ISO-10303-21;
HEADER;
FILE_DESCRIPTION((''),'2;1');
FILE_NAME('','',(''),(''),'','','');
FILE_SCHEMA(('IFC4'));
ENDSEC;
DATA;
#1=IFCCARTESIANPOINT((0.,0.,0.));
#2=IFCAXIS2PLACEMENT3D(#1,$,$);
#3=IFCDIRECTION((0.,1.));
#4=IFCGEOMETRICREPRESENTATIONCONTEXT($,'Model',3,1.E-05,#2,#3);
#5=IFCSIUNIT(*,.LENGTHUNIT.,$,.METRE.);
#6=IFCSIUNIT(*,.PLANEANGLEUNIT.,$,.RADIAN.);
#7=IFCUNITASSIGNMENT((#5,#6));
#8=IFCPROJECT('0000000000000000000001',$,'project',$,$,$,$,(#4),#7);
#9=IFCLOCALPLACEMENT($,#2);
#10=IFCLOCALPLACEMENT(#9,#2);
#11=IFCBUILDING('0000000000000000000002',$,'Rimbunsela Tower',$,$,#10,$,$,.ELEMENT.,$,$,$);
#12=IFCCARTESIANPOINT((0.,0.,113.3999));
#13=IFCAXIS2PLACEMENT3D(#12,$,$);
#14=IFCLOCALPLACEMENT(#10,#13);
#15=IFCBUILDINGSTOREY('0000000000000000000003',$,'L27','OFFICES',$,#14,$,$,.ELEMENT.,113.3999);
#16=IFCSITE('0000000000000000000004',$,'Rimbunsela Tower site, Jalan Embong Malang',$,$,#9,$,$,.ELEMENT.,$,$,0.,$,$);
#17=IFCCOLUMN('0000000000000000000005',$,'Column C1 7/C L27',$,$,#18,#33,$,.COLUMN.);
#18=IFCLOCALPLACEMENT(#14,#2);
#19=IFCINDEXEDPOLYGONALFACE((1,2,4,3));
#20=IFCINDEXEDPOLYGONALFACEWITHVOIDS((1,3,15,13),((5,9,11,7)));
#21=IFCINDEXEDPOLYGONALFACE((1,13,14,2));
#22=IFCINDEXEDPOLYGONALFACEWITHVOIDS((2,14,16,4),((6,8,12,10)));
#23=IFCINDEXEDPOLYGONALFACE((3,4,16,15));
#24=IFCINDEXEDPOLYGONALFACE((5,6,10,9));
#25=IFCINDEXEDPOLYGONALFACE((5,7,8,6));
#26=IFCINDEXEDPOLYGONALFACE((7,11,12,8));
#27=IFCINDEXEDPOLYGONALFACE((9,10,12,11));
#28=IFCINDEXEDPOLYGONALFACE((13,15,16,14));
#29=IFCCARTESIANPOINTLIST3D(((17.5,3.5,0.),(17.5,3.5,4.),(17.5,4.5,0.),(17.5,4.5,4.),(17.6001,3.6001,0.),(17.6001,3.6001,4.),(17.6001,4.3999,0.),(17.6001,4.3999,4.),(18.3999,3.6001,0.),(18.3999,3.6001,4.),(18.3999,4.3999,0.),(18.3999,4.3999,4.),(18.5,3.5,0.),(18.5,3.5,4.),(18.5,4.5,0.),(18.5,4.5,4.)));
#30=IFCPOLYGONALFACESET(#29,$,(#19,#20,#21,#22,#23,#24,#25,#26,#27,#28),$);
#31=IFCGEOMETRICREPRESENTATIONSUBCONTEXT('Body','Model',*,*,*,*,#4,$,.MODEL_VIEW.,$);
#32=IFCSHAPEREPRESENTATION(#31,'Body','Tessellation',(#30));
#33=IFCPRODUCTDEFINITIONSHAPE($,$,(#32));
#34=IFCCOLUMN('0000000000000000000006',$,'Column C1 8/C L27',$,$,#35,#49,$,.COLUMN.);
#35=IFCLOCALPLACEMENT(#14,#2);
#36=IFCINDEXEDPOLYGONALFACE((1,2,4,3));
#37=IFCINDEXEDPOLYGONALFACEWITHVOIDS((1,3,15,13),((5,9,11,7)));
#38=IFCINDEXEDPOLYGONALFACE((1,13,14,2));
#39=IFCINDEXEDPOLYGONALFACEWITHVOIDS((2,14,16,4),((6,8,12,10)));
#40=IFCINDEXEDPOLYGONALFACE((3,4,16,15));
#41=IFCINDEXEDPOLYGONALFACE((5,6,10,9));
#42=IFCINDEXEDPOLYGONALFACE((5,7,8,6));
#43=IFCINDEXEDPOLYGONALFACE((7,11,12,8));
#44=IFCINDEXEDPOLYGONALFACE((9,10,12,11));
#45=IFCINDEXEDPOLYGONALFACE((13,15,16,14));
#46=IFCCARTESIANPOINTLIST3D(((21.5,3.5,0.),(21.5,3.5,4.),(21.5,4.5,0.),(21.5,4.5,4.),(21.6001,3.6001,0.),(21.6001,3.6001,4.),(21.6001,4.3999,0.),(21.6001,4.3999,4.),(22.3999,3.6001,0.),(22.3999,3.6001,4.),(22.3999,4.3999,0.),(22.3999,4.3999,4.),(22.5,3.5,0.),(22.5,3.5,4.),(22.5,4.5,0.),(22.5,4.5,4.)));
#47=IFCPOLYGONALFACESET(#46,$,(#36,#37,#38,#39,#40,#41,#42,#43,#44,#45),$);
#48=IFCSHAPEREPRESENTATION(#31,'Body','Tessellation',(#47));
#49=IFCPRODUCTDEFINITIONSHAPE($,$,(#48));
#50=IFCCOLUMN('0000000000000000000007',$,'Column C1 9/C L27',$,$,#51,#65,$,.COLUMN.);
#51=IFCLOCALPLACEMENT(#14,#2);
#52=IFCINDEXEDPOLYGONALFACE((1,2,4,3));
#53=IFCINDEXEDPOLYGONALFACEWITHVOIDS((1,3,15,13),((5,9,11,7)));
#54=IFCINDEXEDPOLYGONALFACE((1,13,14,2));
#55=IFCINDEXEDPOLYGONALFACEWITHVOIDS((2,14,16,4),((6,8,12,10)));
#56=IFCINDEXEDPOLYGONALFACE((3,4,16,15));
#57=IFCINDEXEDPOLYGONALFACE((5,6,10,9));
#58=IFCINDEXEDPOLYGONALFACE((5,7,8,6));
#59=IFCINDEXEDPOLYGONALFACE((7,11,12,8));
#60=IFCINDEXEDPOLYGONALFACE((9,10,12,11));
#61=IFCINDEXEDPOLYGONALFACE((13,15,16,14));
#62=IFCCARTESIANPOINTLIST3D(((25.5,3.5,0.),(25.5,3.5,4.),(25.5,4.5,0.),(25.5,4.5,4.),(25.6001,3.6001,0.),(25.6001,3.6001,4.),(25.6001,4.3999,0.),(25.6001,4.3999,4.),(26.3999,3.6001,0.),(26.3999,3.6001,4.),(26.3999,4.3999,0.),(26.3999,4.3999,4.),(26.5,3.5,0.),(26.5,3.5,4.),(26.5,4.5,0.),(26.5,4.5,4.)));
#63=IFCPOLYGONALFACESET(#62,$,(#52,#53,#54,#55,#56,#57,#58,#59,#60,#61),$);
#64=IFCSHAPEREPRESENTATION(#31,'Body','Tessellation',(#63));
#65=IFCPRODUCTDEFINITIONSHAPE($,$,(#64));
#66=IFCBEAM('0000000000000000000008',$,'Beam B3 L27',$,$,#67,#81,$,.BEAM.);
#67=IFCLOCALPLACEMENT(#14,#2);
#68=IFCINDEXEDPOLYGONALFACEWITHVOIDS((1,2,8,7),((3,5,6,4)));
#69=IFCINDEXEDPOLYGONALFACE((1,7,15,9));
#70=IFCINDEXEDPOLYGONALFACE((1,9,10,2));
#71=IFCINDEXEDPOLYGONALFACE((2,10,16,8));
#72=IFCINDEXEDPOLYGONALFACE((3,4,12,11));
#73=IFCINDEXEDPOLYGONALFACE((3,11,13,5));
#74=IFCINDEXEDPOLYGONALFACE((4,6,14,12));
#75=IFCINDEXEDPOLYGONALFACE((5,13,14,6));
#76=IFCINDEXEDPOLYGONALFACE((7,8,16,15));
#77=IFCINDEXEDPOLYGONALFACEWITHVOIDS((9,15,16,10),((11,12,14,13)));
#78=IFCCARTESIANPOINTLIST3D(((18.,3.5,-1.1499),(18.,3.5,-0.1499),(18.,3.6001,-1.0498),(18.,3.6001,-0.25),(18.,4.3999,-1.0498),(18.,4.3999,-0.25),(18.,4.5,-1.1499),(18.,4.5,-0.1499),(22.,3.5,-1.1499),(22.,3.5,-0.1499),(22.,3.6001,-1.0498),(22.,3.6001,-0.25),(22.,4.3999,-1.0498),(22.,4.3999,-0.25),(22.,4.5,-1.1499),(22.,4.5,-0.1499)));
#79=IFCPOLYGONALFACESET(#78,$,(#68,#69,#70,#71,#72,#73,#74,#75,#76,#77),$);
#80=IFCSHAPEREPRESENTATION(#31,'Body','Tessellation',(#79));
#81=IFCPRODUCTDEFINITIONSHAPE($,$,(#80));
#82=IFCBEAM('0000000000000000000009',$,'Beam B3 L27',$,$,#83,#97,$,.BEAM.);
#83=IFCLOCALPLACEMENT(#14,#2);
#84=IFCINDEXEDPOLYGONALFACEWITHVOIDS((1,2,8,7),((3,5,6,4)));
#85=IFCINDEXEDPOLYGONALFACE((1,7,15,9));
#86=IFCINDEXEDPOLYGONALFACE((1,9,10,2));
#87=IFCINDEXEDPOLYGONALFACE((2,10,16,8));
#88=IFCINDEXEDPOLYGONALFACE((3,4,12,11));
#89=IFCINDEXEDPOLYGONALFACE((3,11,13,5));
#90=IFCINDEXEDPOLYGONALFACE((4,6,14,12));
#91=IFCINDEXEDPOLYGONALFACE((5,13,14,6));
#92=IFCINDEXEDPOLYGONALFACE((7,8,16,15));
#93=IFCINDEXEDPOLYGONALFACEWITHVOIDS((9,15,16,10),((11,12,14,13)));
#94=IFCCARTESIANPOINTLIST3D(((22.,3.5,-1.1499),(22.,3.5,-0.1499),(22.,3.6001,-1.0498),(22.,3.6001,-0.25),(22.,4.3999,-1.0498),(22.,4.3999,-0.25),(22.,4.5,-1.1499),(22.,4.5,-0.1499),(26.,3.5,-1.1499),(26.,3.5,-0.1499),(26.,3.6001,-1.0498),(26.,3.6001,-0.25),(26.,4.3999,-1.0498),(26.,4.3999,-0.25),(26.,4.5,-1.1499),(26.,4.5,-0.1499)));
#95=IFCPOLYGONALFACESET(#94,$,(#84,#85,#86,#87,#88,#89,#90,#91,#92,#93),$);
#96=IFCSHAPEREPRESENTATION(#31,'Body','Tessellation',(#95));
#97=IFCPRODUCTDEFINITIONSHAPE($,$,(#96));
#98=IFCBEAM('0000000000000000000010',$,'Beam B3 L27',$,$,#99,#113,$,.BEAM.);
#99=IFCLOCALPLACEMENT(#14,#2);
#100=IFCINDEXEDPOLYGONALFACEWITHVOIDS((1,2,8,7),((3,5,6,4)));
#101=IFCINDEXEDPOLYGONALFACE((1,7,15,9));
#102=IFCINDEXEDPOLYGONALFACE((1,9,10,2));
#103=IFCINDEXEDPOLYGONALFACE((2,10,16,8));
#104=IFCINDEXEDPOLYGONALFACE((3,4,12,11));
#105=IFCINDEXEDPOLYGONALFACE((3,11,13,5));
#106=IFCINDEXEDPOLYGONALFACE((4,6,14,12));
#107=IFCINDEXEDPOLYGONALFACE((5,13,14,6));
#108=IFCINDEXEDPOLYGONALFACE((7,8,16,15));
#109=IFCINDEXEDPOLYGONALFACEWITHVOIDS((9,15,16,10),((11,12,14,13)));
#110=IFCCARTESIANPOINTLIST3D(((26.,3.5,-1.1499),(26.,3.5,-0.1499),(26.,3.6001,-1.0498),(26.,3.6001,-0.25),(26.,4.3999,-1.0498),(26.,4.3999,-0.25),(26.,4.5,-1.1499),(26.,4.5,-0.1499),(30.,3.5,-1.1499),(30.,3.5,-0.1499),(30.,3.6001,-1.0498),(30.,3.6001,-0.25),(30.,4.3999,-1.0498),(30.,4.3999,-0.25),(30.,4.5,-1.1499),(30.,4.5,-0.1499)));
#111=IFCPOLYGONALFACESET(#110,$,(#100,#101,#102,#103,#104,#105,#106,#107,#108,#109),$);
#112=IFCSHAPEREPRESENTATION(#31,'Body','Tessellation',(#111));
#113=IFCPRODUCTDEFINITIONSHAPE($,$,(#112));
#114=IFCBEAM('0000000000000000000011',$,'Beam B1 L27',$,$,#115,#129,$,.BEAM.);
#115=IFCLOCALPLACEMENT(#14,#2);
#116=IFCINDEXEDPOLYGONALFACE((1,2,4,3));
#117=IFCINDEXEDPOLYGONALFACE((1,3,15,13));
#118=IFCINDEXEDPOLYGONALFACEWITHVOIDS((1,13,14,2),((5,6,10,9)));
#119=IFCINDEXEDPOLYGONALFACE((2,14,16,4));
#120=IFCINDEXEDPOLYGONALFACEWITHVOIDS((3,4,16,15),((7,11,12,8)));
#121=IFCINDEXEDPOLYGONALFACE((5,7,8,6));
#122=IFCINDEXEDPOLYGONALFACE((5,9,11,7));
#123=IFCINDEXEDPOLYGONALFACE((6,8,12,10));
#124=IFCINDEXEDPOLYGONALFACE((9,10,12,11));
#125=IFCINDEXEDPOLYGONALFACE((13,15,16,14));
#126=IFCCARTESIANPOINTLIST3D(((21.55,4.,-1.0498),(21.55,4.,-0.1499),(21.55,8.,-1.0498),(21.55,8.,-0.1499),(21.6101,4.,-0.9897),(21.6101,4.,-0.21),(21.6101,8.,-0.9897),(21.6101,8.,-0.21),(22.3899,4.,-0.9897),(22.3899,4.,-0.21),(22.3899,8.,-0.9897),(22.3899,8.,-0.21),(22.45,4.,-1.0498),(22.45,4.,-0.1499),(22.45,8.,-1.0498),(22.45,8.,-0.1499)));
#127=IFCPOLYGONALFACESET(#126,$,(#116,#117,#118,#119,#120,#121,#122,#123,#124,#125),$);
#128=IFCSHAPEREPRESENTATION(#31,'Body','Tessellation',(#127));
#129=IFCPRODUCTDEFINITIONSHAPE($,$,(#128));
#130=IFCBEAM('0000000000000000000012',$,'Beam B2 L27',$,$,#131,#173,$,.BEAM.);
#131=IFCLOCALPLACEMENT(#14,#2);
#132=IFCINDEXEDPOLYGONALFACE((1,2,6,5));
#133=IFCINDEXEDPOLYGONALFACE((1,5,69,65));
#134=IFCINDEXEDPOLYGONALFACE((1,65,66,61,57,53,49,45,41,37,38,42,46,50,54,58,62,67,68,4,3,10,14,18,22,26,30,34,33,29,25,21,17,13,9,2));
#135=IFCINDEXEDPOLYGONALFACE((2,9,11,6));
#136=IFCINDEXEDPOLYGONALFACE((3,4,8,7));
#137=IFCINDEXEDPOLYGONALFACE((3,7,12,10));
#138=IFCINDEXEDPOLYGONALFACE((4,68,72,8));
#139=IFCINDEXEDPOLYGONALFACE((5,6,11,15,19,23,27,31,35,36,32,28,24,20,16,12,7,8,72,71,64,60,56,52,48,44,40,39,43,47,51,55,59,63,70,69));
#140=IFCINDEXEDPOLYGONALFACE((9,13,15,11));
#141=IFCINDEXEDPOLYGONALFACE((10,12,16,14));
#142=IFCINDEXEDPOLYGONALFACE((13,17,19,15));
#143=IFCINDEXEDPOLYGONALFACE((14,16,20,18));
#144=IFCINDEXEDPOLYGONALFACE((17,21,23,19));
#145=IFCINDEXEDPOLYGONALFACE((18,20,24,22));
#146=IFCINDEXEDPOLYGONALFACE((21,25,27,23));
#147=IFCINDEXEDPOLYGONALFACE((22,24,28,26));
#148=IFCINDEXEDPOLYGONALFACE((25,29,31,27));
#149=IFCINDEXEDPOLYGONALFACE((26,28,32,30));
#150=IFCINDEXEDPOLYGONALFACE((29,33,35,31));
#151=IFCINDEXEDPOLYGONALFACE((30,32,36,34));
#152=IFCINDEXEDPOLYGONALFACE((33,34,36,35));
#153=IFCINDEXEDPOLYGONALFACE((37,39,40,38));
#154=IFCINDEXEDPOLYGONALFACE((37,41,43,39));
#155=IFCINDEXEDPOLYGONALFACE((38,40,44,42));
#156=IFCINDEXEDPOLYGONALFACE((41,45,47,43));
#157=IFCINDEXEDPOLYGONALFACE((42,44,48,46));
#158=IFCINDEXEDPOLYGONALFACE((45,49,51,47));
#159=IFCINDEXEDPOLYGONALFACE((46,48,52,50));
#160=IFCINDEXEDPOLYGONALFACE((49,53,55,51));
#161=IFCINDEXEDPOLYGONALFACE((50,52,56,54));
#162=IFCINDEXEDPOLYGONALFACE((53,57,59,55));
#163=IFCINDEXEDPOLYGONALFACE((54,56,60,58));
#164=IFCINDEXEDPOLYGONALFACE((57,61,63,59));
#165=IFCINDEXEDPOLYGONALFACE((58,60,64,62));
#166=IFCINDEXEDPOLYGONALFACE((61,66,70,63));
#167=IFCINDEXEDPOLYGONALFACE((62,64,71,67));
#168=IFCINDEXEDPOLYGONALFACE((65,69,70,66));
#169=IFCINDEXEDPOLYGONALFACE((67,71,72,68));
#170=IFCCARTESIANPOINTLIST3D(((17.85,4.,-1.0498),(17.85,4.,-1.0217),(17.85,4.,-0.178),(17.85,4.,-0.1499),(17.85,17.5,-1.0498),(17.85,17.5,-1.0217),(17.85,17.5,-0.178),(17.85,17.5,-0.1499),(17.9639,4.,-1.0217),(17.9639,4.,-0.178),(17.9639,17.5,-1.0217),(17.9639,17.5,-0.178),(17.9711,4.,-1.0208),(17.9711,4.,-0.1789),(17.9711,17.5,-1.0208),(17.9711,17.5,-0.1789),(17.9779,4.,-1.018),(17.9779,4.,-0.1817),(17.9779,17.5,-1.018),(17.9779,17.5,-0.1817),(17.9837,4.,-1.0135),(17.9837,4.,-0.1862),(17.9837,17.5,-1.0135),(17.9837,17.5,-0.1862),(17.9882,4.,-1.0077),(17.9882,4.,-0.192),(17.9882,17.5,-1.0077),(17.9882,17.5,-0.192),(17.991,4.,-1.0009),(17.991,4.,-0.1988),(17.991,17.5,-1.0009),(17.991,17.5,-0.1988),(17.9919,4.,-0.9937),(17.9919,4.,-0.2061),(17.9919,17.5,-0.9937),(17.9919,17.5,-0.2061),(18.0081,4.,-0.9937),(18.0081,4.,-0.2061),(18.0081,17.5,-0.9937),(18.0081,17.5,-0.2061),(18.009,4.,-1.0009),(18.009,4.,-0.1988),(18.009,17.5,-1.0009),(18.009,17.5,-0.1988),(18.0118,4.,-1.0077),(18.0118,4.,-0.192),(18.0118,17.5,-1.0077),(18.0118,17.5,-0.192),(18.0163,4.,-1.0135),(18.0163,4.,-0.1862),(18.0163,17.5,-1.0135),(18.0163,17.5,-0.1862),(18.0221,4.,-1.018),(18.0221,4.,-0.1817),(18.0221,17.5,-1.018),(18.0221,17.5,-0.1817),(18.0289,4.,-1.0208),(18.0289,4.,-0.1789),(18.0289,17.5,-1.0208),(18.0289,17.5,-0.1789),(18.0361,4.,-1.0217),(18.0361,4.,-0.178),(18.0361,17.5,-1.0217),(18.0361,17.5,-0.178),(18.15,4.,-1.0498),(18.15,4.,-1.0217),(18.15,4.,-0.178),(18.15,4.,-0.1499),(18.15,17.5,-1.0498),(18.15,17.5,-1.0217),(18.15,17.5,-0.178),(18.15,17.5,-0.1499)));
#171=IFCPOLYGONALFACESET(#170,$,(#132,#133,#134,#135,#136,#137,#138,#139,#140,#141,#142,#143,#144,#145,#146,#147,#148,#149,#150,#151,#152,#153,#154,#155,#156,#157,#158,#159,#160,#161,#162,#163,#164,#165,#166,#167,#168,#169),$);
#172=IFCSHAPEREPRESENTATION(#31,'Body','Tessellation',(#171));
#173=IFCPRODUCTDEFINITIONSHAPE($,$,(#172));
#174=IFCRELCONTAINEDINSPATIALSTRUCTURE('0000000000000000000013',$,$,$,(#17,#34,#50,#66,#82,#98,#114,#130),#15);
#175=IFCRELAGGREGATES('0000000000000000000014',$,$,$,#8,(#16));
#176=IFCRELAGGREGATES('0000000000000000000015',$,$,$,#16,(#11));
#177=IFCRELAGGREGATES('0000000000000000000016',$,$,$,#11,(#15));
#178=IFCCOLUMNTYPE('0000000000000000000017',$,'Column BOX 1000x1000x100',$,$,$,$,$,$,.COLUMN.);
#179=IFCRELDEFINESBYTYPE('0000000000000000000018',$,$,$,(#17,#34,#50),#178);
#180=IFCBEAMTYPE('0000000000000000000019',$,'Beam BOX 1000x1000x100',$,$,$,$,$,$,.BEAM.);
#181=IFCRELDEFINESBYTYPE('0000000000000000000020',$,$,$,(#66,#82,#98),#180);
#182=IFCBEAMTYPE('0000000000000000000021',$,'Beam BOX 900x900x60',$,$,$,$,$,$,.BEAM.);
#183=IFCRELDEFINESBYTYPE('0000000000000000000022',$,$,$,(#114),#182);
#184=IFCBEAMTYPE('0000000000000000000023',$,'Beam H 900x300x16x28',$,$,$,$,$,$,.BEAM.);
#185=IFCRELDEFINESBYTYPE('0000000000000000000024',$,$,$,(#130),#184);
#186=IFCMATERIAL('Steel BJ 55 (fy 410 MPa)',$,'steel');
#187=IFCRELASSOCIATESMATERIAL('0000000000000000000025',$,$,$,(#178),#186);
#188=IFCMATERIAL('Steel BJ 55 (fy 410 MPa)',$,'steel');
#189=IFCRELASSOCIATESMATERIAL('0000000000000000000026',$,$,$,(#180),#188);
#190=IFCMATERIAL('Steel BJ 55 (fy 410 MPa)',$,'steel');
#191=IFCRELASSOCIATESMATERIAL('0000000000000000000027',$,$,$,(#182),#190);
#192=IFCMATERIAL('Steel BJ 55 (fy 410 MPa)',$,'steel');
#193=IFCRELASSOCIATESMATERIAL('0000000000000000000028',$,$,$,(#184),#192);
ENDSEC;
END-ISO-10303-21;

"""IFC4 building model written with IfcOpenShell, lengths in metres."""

from ifc_helpers import new_model, si_unit, direction, frame, origin, origin_2d, place, context, subcontext, project, spatial, hollow_rectangle, i_section, extrude, material, material_profile, profile_set, type_object, element, save


model = new_model("IFC4")

# Units and contexts
model_context = context("Model", 3, precision=1e-05, world=origin(), true_north=direction((0.0, 1.0)))
body_context = subcontext(model_context, "Body", "Model", "MODEL_VIEW")
ifc_project = project(units=[si_unit("LENGTHUNIT", "METRE"), si_unit("PLANEANGLEUNIT", "RADIAN")], contexts=[model_context])

# Site, building, storey
site_placement = place(None, origin())
site = spatial("IfcSite", under=ifc_project, at=site_placement, Name="Rimbunsela Tower site, Jalan Embong Malang", CompositionType="ELEMENT", RefElevation=0.0)
building_placement = place(site_placement, origin())
building = spatial("IfcBuilding", under=site, at=building_placement, Name="Rimbunsela Tower", CompositionType="ELEMENT")
storey_placement = place(building_placement, frame((0.0, 0.0, 113.3999)))
storey = spatial("IfcBuildingStorey", under=building, at=storey_placement, Name="L27", Description="OFFICES", CompositionType="ELEMENT", Elevation=113.3999)

# Columns
ifc_material_1 = material(Name="Steel BJ 55 (fy 410 MPa)", Category="steel")
ifc_material_profile_1 = material_profile(ifc_material_1, hollow_rectangle(XDim=1.0, YDim=1.0, WallThickness=0.1001, at=origin_2d()), Name="BOX 1000x1000x100")
ifc_profile_set_1 = profile_set([ifc_material_profile_1], Name="Steel BJ 55 (fy 410 MPa)")
column_type = type_object("IfcColumnType", Name="Column BOX 1000x1000x100", PredefinedType="COLUMN", material=ifc_profile_set_1)
for number, where, z_axis, x_axis, name in (
    (1, (18.0, 4.0, 0.0), (0.0, 0.0, 1.0), (1.0, 0.0, 0.0), "Column C1 7/C L27"),
    (2, (22.0, 4.0, 0.0), (0.0, 0.0, 1.0), (1.0, 0.0, 0.0), "Column C1 8/C L27"),
    (3, (26.0, 4.0, 0.0), (0.0, 0.0, 1.0), (1.0, 0.0, 0.0), "Column C1 9/C L27"),
):
    element("IfcColumn", number, at=place(storey_placement, frame(where, z_axis=z_axis, x_axis=x_axis)), inside=storey, type_object=column_type, Name=name, PredefinedType="COLUMN", context=body_context, shape_type="SweptSolid", body=[
        extrude(hollow_rectangle(XDim=1.0, YDim=1.0, WallThickness=0.1001, at=origin_2d()), origin(), (0.0, 0.0, 1.0), 4.0),
    ])

# Beams
ifc_material_2 = material(Name="Steel BJ 55 (fy 410 MPa)", Category="steel")
ifc_material_profile_2 = material_profile(ifc_material_2, hollow_rectangle(XDim=1.0, YDim=1.0, WallThickness=0.1001, at=origin_2d()), Name="BOX 1000x1000x100")
ifc_profile_set_2 = profile_set([ifc_material_profile_2], Name="Steel BJ 55 (fy 410 MPa)")
beam_type_1 = type_object("IfcBeamType", Name="Beam BOX 1000x1000x100", PredefinedType="BEAM", material=ifc_profile_set_2)
for number, where, z_axis, x_axis, name in (
    (4, (18.0, 4.0, -0.6499), (1.0, 0.0, 0.0), (0.0, 1.0, 0.0), "Beam B3 L27"),
    (5, (22.0, 4.0, -0.6499), (1.0, 0.0, 0.0), (0.0, 1.0, 0.0), "Beam B3 L27"),
    (6, (26.0, 4.0, -0.6499), (1.0, 0.0, 0.0), (0.0, 1.0, 0.0), "Beam B3 L27"),
):
    element("IfcBeam", number, at=place(storey_placement, frame(where, z_axis=z_axis, x_axis=x_axis)), inside=storey, type_object=beam_type_1, Name=name, PredefinedType="BEAM", context=body_context, shape_type="SweptSolid", body=[
        extrude(hollow_rectangle(XDim=1.0, YDim=1.0, WallThickness=0.1001, at=origin_2d()), origin(), (0.0, 0.0, 1.0), 4.0),
    ])
ifc_material_3 = material(Name="Steel BJ 55 (fy 410 MPa)", Category="steel")
ifc_material_profile_3 = material_profile(ifc_material_3, hollow_rectangle(XDim=0.8999, YDim=0.8999, WallThickness=0.0601, at=origin_2d()), Name="BOX 900x900x60")
ifc_profile_set_3 = profile_set([ifc_material_profile_3], Name="Steel BJ 55 (fy 410 MPa)")
beam_type_2 = type_object("IfcBeamType", Name="Beam BOX 900x900x60", PredefinedType="BEAM", material=ifc_profile_set_3)
beam_placement = place(storey_placement, frame((22.0, 4.0, -0.5999), z_axis=(0.0, 1.0, 0.0), x_axis=(-1.0, 0.0, 0.0)))
element("IfcBeam", 7, at=beam_placement, inside=storey, type_object=beam_type_2, Name="Beam B1 L27", PredefinedType="BEAM", context=body_context, shape_type="SweptSolid", body=[
    extrude(hollow_rectangle(XDim=0.8999, YDim=0.8999, WallThickness=0.0601, at=origin_2d()), origin(), (0.0, 0.0, 1.0), 4.0),
])
ifc_material_4 = material(Name="Steel BJ 55 (fy 410 MPa)", Category="steel")
ifc_material_profile_4 = material_profile(ifc_material_4, i_section(OverallWidth=0.3, OverallDepth=0.8999, WebThickness=0.0161, FlangeThickness=0.0281, FilletRadius=0.0281, at=origin_2d()), Name="H 900x300x16x28")
ifc_profile_set_4 = profile_set([ifc_material_profile_4], Name="Steel BJ 55 (fy 410 MPa)")
beam_type_3 = type_object("IfcBeamType", Name="Beam H 900x300x16x28", PredefinedType="BEAM", material=ifc_profile_set_4)
for number, where, z_axis, x_axis, name in (
    (8, (18.0, 4.0, -0.5999), (0.0, 1.0, 0.0), (-1.0, 0.0, 0.0), "Beam B2 L27"),
):
    element("IfcBeam", number, at=place(storey_placement, frame(where, z_axis=z_axis, x_axis=x_axis)), inside=storey, type_object=beam_type_3, Name=name, PredefinedType="BEAM", context=body_context, shape_type="SweptSolid", body=[
        extrude(i_section(OverallWidth=0.3, OverallDepth=0.8999, WebThickness=0.0161, FlangeThickness=0.0281, FilletRadius=0.0281, at=origin_2d()), origin(), (0.0, 0.0, 1.0), 13.5),
    ])

save(model, "model.ifc")
